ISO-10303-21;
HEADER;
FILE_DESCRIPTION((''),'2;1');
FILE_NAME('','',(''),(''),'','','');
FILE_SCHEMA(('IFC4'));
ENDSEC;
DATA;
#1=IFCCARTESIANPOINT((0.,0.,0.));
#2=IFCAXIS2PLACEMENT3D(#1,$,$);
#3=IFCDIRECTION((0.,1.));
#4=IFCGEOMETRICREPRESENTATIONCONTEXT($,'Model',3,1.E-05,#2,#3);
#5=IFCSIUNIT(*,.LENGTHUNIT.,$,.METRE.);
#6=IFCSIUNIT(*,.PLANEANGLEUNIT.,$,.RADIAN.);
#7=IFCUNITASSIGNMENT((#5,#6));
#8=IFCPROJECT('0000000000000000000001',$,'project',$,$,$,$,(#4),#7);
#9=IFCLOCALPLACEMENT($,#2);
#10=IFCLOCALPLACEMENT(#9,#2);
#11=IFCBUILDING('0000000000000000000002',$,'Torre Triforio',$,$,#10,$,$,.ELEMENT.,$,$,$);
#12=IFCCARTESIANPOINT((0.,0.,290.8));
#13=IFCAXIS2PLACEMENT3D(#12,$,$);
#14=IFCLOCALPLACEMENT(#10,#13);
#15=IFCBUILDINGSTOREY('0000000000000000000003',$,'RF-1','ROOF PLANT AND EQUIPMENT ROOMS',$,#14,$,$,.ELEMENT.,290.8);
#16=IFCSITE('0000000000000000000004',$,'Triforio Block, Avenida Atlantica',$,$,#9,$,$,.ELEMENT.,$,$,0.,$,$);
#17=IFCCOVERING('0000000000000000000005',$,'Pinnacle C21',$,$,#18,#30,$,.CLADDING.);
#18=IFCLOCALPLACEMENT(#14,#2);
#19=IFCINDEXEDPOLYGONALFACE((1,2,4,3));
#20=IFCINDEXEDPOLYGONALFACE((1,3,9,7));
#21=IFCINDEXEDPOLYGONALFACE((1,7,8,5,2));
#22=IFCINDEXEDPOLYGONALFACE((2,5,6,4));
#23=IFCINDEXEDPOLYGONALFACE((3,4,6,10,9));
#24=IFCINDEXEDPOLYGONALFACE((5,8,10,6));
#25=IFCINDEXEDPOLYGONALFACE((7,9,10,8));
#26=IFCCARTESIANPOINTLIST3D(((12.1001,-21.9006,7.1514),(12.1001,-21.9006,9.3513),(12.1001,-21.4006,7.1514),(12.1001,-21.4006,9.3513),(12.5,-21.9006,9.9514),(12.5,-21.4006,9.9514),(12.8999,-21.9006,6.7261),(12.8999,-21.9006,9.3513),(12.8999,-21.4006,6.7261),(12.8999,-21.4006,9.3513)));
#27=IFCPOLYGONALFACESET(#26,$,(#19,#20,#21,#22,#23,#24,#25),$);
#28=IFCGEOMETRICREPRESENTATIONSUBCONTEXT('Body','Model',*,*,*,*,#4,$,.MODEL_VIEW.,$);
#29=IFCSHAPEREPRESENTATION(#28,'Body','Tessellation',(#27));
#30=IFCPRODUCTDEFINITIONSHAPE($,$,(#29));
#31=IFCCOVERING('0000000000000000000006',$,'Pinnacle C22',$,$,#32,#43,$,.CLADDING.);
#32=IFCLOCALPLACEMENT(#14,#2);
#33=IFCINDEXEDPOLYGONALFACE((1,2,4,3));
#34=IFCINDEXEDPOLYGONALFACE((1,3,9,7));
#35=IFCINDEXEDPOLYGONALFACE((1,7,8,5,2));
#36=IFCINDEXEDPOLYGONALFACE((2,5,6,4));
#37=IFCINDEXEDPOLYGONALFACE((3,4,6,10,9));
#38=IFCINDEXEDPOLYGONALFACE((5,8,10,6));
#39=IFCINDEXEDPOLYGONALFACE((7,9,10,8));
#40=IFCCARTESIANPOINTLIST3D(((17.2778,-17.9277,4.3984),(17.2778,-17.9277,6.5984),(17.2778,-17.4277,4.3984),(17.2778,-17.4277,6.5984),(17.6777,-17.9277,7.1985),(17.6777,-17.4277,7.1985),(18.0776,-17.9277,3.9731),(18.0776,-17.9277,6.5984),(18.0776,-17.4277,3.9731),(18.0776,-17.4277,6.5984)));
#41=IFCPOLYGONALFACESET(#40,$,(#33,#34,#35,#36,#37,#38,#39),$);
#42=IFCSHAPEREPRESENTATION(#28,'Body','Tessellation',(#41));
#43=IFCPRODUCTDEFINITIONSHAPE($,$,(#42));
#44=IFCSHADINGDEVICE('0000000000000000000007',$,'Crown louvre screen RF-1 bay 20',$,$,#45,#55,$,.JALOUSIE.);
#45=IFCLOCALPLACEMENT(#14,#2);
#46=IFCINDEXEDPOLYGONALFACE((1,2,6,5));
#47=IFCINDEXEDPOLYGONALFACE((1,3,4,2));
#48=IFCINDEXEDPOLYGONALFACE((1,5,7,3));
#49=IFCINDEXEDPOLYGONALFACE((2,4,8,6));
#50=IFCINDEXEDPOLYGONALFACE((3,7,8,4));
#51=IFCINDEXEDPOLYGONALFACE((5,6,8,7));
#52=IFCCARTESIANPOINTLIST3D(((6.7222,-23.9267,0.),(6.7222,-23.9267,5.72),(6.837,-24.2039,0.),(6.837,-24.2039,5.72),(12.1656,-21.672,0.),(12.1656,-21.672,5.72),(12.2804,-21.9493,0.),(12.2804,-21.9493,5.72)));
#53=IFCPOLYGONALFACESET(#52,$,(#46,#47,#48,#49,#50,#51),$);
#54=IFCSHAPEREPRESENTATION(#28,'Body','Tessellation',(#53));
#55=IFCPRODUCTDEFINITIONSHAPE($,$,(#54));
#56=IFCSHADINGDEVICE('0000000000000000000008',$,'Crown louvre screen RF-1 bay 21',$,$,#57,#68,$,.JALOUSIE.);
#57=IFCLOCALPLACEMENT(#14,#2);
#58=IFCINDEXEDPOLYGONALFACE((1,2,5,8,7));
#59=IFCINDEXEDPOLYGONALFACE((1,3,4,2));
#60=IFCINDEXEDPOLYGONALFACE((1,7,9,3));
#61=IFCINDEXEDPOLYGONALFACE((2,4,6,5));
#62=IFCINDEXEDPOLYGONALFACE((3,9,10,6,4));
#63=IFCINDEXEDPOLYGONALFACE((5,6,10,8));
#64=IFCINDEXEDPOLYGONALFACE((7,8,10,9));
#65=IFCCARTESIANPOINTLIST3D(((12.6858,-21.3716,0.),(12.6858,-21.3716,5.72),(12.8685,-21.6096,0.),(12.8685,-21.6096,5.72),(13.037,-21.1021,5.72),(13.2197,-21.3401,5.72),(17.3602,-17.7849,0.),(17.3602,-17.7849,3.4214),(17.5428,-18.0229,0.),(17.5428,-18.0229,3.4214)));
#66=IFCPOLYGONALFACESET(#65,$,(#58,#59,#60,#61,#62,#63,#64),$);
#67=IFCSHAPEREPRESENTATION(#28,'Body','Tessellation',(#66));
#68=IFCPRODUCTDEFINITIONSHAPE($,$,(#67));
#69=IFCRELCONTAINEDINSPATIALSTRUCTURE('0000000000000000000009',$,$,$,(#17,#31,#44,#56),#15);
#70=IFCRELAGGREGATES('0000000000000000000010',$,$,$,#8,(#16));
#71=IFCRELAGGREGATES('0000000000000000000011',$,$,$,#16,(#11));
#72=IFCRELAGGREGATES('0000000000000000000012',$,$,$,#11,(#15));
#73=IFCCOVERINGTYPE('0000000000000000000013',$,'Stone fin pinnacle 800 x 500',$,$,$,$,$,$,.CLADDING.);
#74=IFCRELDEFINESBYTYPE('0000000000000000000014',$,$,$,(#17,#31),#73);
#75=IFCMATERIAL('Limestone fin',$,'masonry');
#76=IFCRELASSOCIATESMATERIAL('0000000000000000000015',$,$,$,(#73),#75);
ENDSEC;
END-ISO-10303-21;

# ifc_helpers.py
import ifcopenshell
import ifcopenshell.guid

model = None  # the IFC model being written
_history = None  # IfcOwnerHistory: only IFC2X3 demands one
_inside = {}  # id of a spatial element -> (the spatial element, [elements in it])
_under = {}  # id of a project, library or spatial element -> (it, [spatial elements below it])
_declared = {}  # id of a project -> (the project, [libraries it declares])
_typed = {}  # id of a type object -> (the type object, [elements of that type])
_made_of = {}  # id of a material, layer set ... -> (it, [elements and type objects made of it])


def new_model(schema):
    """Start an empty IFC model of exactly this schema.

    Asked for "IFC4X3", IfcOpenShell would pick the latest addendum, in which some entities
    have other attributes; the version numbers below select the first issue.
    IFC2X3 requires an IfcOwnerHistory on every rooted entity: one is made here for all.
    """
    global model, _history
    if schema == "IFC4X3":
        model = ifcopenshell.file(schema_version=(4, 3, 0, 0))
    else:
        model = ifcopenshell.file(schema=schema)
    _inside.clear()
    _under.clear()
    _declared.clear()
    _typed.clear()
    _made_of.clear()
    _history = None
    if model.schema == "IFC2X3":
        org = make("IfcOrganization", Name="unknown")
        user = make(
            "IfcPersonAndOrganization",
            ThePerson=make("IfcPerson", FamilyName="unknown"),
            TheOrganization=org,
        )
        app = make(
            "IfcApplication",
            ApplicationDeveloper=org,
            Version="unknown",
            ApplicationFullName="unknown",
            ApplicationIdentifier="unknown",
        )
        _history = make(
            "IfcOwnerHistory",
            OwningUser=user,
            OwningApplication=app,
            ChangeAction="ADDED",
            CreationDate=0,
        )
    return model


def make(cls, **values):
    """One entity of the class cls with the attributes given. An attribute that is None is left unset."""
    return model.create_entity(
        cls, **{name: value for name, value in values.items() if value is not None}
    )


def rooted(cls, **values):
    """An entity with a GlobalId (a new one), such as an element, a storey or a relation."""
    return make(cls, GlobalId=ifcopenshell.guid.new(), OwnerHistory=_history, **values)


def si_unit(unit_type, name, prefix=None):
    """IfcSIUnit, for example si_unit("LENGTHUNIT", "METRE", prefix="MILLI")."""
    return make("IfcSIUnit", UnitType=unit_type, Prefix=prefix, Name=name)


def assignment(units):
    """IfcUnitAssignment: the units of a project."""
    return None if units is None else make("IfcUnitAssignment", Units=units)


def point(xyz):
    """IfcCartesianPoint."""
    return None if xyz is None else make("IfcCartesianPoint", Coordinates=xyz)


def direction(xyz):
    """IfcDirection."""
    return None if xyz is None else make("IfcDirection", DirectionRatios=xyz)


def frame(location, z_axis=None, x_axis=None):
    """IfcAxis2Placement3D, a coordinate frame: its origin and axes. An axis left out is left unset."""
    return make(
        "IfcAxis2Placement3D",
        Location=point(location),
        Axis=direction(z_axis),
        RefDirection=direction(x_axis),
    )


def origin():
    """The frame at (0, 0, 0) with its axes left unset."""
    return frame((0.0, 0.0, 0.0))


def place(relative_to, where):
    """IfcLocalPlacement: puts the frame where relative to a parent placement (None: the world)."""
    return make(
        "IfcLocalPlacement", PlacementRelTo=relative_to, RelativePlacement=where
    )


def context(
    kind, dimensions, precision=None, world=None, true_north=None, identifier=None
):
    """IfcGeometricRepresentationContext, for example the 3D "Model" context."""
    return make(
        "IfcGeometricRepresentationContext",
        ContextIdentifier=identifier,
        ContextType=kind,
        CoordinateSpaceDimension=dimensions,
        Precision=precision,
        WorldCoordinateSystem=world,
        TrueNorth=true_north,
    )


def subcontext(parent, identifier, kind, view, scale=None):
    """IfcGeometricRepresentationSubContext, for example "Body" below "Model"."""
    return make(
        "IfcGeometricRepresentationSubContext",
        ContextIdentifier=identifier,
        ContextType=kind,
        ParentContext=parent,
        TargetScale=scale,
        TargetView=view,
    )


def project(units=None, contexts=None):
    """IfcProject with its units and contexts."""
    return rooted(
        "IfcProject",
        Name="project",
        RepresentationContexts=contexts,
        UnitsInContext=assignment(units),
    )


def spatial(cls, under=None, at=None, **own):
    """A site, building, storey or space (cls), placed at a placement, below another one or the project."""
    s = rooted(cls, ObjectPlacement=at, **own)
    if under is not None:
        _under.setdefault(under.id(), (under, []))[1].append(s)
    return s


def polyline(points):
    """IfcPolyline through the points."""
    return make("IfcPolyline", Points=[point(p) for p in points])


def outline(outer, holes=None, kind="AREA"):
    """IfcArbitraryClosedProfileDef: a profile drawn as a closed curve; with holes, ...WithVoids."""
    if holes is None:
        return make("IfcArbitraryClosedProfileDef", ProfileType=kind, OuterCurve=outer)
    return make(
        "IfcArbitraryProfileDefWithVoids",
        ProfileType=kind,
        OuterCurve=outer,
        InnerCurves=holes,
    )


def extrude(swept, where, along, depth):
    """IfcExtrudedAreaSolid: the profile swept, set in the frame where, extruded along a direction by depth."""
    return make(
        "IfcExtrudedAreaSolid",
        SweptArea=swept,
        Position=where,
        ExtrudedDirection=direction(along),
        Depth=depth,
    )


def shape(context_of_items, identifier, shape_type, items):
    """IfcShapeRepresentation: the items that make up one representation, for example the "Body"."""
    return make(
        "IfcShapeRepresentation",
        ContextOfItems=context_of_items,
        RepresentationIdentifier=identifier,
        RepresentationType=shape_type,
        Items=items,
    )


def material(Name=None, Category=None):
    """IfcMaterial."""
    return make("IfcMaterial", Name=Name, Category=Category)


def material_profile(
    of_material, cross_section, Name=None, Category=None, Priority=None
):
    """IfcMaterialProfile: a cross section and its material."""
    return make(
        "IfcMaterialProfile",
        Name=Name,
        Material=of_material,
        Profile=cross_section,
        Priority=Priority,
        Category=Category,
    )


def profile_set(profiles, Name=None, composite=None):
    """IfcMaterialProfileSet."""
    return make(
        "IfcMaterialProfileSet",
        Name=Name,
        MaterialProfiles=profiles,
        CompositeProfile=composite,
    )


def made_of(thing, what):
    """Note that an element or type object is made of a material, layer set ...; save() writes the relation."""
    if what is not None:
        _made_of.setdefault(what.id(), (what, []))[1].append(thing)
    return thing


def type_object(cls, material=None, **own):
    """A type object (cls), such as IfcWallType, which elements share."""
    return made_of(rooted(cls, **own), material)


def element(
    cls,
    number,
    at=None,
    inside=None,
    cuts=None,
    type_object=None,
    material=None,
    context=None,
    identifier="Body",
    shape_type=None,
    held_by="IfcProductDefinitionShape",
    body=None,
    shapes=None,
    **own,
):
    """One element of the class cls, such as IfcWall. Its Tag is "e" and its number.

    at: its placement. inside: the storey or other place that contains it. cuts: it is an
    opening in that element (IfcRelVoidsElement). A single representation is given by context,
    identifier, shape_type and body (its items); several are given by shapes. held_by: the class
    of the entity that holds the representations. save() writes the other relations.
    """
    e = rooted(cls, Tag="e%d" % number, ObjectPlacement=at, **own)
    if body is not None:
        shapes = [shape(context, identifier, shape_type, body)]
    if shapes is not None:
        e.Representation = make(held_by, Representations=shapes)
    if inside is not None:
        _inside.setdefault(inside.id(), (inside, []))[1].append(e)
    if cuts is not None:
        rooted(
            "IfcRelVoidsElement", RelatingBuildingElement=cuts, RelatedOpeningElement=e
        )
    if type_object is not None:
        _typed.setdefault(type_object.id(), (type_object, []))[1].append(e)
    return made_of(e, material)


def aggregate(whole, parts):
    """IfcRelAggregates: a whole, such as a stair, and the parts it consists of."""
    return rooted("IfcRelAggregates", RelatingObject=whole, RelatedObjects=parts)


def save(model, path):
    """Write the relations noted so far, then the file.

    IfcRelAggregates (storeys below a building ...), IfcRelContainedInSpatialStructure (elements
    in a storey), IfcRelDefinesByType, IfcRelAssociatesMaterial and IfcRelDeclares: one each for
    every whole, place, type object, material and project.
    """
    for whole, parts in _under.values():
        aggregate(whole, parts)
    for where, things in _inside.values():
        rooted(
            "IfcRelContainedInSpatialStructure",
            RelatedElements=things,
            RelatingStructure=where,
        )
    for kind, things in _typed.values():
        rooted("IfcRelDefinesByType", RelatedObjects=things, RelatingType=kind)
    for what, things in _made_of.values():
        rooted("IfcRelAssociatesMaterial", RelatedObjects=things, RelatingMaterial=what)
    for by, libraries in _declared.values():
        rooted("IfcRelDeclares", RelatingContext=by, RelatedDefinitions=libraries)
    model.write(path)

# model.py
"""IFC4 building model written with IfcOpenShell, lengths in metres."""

from ifc_helpers import new_model, si_unit, direction, frame, origin, place, context, subcontext, project, spatial, polyline, outline, extrude, material, material_profile, profile_set, type_object, element, save


model = new_model("IFC4")

# Units and contexts
model_context = context("Model", 3, precision=1e-05, world=origin(), true_north=direction((0.0, 1.0)))
body_context = subcontext(model_context, "Body", "Model", "MODEL_VIEW")
ifc_project = project(units=[si_unit("LENGTHUNIT", "METRE"), si_unit("PLANEANGLEUNIT", "RADIAN")], contexts=[model_context])

# Site, building, storey
site_placement = place(None, origin())
site = spatial("IfcSite", under=ifc_project, at=site_placement, Name="Triforio Block, Avenida Atlantica", CompositionType="ELEMENT", RefElevation=0.0)
building_placement = place(site_placement, origin())
building = spatial("IfcBuilding", under=site, at=building_placement, Name="Torre Triforio", CompositionType="ELEMENT")
storey_placement = place(building_placement, frame((0.0, 0.0, 290.8)))
storey = spatial("IfcBuildingStorey", under=building, at=storey_placement, Name="RF-1", Description="ROOF PLANT AND EQUIPMENT ROOMS", CompositionType="ELEMENT", Elevation=290.8)

# Coverings
ifc_material_1 = material(Name="Limestone fin", Category="masonry")
ifc_material_profile_1 = material_profile(ifc_material_1, outline(polyline([(-0.3999, -0.2126), (0.3999, 0.2126), (0.3999, 2.4126), (0.0, 3.0127), (-0.3999, 2.4126), (-0.3999, -0.2126)])), Name="FIN PINNACLE 800x500")
ifc_profile_set_1 = profile_set([ifc_material_profile_1], Name="Limestone fin")
covering_type_1 = type_object("IfcCoveringType", Name="Stone fin pinnacle 800 x 500", PredefinedType="CLADDING", material=ifc_profile_set_1)
for number, where, z_axis, x_axis, name in (
    (1, (12.5, -21.9006, 6.9387), (0.0, 1.0, 0.0), (-1.0, 0.0, 0.0), "Pinnacle C21"),
    (2, (17.6777, -17.9277, 4.1858), (0.0, 1.0, 0.0), (-1.0, 0.0, 0.0), "Pinnacle C22"),
):
    element("IfcCovering", number, at=place(storey_placement, frame(where, z_axis=z_axis, x_axis=x_axis)), inside=storey, type_object=covering_type_1, Name=name, PredefinedType="CLADDING", context=body_context, shape_type="SweptSolid", body=[
        extrude(outline(polyline([(-0.3999, -0.2126), (0.3999, 0.2126), (0.3999, 2.4126), (0.0, 3.0127), (-0.3999, 2.4126), (-0.3999, -0.2126)])), origin(), (0.0, 0.0, 1.0), 0.5),
    ])

# Shading devices
shading_device_1_placement = place(storey_placement, frame((6.7795, -24.0652, 0.0), z_axis=(0.0, 0.0, 1.0), x_axis=(0.923884, 0.382673, 0.0)))
element("IfcShadingDevice", 3, at=shading_device_1_placement, inside=storey, Name="Crown louvre screen RF-1 bay 20", PredefinedType="JALOUSIE", context=body_context, shape_type="SweptSolid", body=[
    extrude(outline(polyline([(0.0, 0.0), (5.8918, 0.0), (5.8918, 5.72), (0.0, 5.72), (0.0, 0.0)])), frame((0.0, 0.1499, 0.0), z_axis=(0.0, -1.0, 0.0), x_axis=(1.0, 0.0, 0.0)), (0.0, 0.0, 1.0), 0.3),
])
shading_device_2_placement = place(storey_placement, frame((12.7771, -21.4905, 0.0), z_axis=(0.0, 0.0, 1.0), x_axis=(0.793358, 0.608755, 0.0)))
element("IfcShadingDevice", 4, at=shading_device_2_placement, inside=storey, Name="Crown louvre screen RF-1 bay 21", PredefinedType="JALOUSIE", context=body_context, shape_type="SweptSolid", body=[
    extrude(outline(polyline([(0.0, 0.0), (5.8918, 0.0), (5.8918, 3.4214), (0.4426, 5.72), (0.0, 5.72), (0.0, 0.0)])), frame((0.0, 0.1499, 0.0), z_axis=(0.0, -1.0, 0.0), x_axis=(1.0, 0.0, 0.0)), (0.0, 0.0, 1.0), 0.3),
])

save(model, "model.ifc")
